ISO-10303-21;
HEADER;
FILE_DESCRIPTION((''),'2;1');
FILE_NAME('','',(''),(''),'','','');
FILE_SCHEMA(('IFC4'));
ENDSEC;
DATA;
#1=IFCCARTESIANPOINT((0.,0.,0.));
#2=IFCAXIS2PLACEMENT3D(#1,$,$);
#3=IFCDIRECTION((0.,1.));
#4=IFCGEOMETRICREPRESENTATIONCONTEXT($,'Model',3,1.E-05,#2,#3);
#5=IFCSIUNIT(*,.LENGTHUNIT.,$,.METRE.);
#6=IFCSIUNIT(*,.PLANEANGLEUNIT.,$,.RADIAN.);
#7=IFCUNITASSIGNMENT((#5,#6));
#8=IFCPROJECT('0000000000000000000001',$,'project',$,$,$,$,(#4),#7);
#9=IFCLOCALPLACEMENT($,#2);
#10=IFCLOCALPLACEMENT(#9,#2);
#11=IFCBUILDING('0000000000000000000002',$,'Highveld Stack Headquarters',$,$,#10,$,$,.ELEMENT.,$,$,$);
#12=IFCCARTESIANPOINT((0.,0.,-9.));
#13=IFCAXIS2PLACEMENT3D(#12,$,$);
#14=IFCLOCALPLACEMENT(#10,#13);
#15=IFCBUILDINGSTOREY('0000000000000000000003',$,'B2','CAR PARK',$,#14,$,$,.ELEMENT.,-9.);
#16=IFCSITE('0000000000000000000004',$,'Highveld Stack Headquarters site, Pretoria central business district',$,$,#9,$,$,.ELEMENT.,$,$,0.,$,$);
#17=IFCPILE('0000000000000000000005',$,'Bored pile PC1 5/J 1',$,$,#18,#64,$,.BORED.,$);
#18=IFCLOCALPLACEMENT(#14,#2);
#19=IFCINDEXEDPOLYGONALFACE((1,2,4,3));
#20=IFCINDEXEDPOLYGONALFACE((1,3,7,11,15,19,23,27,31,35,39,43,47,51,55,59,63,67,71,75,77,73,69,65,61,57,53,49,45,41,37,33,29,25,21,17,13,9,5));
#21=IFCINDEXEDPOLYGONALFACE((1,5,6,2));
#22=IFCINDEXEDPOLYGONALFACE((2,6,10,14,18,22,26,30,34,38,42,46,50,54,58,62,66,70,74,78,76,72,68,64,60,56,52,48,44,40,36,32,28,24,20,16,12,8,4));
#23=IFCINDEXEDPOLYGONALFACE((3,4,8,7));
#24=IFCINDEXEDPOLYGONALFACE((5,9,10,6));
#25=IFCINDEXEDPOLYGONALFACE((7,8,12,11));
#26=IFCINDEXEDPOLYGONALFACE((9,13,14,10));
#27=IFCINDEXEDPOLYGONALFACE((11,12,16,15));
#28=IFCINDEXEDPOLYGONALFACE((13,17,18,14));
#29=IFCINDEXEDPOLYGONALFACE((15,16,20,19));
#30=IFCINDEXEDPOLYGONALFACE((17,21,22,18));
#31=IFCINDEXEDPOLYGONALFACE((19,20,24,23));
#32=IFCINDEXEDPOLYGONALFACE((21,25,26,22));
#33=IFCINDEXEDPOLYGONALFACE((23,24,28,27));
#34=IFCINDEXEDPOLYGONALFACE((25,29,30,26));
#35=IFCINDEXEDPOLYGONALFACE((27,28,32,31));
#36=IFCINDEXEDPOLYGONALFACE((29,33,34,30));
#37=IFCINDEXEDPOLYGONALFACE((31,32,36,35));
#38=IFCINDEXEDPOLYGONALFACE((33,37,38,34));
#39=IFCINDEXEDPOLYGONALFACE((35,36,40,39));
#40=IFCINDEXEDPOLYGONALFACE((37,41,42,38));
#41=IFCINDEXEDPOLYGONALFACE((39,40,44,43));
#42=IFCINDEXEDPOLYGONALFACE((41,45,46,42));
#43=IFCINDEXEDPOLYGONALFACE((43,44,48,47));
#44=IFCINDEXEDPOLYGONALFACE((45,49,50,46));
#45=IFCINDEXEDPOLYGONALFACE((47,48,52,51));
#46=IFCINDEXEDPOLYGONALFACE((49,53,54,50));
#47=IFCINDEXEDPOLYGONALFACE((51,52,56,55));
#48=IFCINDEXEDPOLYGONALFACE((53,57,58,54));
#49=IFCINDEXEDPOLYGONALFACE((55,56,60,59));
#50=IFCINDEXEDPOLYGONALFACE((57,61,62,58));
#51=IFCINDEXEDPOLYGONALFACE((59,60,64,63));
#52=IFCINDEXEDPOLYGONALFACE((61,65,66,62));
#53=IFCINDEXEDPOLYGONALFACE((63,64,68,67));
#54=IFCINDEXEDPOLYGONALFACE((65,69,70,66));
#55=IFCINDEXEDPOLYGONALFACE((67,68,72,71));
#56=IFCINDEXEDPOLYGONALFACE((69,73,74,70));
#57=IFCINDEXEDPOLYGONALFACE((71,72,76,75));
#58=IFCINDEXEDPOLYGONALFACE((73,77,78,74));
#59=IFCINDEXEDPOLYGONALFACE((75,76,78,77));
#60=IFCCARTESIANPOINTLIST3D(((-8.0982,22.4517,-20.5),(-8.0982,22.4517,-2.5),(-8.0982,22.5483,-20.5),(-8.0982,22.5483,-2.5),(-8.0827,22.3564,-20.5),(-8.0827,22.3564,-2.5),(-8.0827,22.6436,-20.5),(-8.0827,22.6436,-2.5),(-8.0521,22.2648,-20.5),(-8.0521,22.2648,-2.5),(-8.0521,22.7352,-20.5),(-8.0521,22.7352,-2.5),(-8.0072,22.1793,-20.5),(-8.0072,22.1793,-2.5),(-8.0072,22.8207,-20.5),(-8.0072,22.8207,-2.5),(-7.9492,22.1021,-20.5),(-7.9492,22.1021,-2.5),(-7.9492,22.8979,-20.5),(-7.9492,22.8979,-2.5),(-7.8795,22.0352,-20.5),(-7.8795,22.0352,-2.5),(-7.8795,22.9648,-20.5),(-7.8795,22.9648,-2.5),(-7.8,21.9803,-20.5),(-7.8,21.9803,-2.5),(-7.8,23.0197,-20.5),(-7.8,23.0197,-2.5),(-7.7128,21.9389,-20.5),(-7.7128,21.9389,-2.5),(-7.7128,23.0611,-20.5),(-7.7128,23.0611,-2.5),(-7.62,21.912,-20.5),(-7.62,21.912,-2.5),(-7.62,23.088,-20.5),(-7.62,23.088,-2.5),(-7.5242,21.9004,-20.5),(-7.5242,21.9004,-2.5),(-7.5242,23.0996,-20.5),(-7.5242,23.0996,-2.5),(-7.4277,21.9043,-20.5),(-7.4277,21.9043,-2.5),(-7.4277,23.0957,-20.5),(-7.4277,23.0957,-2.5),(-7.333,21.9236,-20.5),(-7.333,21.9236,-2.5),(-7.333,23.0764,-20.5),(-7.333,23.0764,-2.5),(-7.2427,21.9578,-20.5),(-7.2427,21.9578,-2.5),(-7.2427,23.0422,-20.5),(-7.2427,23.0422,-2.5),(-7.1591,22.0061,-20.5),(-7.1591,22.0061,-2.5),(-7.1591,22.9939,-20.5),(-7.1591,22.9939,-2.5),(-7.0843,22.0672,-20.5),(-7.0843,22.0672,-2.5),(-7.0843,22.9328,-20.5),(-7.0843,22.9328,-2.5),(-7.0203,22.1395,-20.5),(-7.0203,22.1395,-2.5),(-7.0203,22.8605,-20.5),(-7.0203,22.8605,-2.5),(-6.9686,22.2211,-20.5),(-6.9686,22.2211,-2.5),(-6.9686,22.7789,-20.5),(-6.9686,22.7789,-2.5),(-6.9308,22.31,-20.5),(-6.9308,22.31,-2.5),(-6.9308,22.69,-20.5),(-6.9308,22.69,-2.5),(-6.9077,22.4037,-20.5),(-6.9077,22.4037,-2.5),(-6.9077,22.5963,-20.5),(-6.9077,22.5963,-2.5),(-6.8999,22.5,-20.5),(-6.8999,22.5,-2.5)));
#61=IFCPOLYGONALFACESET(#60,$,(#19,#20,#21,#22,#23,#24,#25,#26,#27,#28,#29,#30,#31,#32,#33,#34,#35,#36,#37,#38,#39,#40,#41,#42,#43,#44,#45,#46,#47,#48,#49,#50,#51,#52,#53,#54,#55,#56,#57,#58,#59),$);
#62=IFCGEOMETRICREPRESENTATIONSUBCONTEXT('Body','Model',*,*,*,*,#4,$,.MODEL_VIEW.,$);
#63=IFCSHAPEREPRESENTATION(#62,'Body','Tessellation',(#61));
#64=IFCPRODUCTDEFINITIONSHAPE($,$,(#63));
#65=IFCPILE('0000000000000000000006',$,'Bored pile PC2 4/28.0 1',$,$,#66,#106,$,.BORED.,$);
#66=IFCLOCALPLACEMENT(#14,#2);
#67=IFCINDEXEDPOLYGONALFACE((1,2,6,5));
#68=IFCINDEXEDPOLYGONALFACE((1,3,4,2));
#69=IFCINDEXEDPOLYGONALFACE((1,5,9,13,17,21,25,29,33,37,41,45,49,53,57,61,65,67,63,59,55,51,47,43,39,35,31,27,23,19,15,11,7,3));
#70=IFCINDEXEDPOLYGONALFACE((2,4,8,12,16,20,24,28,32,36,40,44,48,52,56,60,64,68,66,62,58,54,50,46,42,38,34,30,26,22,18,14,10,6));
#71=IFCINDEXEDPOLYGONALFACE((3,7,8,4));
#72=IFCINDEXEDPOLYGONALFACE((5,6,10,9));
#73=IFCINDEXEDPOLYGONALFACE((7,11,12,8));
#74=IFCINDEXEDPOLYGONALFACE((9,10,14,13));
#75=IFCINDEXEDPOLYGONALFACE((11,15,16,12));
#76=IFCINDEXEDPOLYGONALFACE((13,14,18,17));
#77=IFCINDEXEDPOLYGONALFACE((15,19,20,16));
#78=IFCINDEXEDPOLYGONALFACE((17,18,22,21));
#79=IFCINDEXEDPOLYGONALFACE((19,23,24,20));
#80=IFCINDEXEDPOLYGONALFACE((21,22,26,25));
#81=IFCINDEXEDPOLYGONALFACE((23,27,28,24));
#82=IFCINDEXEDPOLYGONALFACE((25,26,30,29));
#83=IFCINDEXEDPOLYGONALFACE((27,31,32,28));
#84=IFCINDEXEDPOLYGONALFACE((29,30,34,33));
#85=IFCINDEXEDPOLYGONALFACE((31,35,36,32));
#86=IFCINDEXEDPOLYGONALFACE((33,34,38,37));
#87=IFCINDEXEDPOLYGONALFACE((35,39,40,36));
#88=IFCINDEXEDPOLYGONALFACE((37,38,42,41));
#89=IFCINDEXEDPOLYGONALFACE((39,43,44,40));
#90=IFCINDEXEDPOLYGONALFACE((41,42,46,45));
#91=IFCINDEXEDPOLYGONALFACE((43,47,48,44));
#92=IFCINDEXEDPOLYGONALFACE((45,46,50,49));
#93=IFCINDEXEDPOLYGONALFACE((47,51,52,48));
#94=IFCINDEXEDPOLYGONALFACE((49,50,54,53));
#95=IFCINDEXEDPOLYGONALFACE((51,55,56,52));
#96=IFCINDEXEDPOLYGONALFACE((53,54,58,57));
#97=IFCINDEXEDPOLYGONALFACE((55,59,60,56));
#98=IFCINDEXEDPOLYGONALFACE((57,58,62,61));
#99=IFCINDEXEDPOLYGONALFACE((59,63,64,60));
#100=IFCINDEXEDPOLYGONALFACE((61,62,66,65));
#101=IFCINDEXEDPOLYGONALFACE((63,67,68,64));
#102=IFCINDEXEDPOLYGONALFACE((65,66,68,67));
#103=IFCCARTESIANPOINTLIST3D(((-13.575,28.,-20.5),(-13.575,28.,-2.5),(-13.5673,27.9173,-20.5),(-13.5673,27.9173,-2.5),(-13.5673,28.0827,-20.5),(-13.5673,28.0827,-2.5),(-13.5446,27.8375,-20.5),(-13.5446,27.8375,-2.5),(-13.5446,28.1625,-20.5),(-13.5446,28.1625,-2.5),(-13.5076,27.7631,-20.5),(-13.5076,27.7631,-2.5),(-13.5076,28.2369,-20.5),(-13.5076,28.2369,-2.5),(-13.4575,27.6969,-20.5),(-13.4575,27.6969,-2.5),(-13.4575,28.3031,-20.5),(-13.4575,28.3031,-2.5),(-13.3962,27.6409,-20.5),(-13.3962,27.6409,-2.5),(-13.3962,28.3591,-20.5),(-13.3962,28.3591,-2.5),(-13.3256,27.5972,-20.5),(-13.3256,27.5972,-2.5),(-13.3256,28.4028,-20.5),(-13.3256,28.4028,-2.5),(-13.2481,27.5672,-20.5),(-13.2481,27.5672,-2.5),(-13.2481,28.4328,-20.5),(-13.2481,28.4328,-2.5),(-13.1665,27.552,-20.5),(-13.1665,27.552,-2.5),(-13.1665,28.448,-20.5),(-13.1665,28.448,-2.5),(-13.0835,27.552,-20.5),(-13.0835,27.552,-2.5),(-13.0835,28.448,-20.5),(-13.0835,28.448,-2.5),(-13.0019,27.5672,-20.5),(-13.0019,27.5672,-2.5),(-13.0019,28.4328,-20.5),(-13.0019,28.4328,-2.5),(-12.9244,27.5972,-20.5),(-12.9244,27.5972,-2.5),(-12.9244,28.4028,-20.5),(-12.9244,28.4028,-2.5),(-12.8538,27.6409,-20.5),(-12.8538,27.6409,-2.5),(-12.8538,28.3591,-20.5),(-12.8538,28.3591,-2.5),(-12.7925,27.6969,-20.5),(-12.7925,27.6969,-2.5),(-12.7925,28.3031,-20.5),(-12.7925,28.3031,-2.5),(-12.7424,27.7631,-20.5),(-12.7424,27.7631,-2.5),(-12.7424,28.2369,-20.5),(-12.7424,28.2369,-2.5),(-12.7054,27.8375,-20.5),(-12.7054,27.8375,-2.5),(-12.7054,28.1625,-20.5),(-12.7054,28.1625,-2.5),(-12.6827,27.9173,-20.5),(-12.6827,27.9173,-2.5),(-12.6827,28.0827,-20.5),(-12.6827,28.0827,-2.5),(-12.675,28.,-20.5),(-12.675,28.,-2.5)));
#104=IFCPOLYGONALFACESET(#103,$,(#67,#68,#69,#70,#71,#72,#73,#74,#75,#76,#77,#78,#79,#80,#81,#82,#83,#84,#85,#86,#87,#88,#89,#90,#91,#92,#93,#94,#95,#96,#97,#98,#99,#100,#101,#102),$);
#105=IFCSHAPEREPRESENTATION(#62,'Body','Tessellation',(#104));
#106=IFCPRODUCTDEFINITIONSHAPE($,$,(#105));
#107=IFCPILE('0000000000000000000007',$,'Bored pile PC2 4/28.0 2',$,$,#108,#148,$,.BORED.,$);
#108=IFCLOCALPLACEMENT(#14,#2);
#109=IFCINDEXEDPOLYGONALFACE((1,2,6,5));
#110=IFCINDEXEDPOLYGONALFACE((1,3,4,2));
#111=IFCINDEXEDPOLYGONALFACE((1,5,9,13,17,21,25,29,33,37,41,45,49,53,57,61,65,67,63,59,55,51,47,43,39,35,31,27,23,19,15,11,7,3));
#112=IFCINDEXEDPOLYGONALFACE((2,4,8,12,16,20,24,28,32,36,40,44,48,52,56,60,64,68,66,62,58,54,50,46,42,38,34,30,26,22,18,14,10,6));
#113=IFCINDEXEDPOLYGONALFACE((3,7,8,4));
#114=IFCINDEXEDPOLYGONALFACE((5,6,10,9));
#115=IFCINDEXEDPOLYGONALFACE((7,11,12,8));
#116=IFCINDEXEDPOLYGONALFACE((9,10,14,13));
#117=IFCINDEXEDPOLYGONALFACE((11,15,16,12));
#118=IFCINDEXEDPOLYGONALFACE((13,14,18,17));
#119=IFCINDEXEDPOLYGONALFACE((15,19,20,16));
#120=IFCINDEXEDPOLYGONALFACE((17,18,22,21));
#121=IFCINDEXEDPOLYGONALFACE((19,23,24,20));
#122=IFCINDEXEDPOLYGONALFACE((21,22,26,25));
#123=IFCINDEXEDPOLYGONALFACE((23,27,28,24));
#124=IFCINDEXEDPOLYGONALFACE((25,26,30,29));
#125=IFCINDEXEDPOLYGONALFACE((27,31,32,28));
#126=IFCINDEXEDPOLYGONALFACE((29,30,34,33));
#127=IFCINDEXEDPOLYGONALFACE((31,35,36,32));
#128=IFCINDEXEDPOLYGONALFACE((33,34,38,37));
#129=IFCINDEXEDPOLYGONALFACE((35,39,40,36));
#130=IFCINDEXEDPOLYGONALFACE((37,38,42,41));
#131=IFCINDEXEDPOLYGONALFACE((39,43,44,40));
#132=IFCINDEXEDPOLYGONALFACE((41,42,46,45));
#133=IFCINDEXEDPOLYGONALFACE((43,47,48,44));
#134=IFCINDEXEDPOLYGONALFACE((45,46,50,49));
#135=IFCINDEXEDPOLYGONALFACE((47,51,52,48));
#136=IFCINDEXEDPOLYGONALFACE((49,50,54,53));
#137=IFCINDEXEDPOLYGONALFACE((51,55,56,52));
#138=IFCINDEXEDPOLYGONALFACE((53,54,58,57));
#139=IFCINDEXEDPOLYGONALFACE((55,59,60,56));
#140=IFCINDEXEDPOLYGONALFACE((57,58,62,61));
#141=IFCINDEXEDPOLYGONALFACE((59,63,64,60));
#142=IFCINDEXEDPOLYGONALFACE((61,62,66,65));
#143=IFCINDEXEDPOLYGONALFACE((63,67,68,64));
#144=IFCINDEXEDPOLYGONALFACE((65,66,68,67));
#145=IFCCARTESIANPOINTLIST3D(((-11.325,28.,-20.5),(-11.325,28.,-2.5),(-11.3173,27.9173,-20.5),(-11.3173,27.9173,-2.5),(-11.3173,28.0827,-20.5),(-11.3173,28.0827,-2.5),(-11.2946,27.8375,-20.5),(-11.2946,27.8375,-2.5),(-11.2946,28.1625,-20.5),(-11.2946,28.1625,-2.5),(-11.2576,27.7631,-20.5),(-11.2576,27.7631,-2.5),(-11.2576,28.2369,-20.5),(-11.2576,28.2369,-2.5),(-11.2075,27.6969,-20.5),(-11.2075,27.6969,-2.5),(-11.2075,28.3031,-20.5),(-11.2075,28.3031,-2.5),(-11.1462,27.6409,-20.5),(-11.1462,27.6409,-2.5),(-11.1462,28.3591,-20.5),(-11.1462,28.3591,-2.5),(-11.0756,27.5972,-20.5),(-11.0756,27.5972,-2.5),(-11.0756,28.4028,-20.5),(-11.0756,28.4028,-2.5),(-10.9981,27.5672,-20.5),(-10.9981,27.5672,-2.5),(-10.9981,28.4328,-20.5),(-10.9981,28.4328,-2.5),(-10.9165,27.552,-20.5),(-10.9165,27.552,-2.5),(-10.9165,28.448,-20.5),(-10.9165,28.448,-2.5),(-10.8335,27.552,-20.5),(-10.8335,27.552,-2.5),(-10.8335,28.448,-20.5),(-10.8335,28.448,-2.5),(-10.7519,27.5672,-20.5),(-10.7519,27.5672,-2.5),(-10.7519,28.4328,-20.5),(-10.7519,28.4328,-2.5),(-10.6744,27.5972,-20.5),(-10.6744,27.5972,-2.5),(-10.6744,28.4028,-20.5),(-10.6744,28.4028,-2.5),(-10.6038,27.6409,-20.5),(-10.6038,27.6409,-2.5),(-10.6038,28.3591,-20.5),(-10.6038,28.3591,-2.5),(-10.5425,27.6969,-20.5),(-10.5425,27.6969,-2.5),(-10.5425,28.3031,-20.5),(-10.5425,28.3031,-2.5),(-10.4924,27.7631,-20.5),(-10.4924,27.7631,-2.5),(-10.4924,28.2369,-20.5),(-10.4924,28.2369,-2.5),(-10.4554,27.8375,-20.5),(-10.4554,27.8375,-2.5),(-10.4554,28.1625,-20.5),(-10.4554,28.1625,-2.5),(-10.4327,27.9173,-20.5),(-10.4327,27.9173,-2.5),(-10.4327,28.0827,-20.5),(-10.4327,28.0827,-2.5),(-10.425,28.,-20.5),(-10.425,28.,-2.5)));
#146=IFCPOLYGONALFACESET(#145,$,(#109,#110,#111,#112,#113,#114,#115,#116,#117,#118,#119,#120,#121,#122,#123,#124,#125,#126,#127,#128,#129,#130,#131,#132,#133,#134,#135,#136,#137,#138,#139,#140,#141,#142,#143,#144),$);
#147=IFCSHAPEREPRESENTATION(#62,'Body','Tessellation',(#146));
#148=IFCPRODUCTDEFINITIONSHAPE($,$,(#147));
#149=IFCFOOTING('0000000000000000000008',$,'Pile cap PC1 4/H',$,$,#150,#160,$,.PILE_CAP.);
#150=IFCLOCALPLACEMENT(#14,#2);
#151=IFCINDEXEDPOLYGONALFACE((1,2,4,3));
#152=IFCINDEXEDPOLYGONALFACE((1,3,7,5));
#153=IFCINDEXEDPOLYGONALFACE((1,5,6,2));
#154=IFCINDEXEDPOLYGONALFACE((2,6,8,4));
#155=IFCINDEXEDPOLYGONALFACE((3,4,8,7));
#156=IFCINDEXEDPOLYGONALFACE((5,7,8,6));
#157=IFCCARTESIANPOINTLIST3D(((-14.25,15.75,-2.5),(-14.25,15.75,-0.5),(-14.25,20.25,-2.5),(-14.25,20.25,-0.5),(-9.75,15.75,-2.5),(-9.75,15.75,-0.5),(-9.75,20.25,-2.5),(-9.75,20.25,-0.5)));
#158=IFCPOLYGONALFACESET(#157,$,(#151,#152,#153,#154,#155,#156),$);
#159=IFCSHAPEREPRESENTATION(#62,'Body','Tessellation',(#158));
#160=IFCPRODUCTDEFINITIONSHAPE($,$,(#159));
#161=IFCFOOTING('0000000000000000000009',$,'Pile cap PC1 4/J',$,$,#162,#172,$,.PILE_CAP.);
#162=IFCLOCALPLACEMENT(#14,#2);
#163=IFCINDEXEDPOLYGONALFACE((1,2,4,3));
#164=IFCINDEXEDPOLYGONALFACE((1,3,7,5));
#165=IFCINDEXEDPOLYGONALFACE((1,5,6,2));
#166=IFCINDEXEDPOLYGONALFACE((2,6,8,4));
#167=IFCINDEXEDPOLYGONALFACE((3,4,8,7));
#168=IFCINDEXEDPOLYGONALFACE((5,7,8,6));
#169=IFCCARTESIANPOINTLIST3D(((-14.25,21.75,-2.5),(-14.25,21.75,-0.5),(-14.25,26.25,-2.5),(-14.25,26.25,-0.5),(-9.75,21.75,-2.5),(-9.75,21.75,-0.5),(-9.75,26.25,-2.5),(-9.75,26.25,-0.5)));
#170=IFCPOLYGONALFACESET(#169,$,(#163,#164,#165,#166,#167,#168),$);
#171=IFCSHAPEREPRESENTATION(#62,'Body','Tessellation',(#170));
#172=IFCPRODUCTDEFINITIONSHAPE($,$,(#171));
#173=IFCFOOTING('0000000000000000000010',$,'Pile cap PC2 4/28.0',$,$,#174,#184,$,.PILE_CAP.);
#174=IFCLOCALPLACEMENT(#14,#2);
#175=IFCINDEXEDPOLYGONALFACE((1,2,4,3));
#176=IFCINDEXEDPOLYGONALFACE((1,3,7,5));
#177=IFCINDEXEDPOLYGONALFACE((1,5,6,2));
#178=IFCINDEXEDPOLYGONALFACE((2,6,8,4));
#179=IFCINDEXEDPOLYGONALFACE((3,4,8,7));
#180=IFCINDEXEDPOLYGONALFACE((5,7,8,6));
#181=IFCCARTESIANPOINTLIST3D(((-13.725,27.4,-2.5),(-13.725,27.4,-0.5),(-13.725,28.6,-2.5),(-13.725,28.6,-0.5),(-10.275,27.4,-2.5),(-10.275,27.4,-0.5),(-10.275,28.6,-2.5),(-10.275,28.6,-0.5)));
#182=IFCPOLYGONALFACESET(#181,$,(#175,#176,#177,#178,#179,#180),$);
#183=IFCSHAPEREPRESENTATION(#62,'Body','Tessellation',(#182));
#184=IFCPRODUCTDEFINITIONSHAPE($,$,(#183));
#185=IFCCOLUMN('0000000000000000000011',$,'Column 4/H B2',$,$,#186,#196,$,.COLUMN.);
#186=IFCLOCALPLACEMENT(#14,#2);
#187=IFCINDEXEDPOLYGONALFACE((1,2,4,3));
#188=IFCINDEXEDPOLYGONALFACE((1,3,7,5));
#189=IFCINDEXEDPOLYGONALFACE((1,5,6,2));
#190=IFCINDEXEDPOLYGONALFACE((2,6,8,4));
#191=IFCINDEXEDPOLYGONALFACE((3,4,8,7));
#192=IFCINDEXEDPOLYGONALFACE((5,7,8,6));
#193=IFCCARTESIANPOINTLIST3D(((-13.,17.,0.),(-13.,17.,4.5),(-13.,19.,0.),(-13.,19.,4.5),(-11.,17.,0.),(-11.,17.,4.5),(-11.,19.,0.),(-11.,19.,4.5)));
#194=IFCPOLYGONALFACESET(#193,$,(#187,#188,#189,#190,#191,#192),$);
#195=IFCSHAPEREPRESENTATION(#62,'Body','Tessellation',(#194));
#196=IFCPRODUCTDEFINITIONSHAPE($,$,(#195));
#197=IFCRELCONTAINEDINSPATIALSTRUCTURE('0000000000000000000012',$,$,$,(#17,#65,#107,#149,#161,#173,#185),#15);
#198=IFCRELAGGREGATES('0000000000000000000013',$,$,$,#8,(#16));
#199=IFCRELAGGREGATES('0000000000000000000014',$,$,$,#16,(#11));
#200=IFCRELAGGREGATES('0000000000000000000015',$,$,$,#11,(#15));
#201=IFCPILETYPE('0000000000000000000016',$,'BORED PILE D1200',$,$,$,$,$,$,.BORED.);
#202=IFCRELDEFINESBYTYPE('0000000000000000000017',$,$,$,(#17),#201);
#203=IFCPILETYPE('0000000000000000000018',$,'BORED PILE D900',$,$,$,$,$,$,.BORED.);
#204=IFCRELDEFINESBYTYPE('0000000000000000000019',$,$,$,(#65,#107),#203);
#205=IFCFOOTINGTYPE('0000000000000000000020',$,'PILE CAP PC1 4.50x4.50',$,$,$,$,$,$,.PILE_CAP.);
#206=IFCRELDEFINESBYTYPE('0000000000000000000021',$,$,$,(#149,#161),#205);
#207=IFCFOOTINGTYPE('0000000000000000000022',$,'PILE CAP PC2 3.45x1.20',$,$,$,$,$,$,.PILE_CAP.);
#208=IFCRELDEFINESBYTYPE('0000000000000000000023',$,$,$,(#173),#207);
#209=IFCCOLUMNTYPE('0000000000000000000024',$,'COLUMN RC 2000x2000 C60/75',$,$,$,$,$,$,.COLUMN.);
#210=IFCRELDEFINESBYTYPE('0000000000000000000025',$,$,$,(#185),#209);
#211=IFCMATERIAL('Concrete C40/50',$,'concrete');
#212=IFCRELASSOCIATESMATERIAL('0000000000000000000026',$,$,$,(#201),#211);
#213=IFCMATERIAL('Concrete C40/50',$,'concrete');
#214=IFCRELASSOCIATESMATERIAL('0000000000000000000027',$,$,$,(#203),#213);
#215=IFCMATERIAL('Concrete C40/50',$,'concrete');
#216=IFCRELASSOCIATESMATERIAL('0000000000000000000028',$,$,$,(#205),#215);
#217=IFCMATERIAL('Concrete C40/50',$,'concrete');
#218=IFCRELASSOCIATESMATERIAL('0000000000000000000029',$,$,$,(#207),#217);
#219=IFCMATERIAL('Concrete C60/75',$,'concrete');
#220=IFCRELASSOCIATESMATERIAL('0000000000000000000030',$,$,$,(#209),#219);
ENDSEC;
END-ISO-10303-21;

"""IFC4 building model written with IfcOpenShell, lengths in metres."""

from ifc_helpers import new_model, si_unit, direction, frame, origin, origin_2d, place, context, subcontext, project, spatial, rectangle, circle, extrude, material, material_profile, profile_set, type_object, element, save


model = new_model("IFC4")

# Units and contexts
model_context = context("Model", 3, precision=1e-05, world=origin(), true_north=direction((0.0, 1.0)))
body_context = subcontext(model_context, "Body", "Model", "MODEL_VIEW")
ifc_project = project(units=[si_unit("LENGTHUNIT", "METRE"), si_unit("PLANEANGLEUNIT", "RADIAN")], contexts=[model_context])

# Site, building, storey
site_placement = place(None, origin())
site = spatial("IfcSite", under=ifc_project, at=site_placement, Name="Highveld Stack Headquarters site, Pretoria central business district", CompositionType="ELEMENT", RefElevation=0.0)
building_placement = place(site_placement, origin())
building = spatial("IfcBuilding", under=site, at=building_placement, Name="Highveld Stack Headquarters", CompositionType="ELEMENT")
storey_placement = place(building_placement, frame((0.0, 0.0, -9.0)))
storey = spatial("IfcBuildingStorey", under=building, at=storey_placement, Name="B2", Description="CAR PARK", CompositionType="ELEMENT", Elevation=-9.0)

# Piles
ifc_material_1 = material(Name="Concrete C40/50", Category="concrete")
pile_type_1 = type_object("IfcPileType", Name="BORED PILE D1200", PredefinedType="BORED", material=ifc_material_1)
for number, where, z_axis, x_axis, name in (
    (1, (-7.5, 22.5, -2.5), (0.0, 0.0, -1.0), (1.0, 0.0, 0.0), "Bored pile PC1 5/J 1"),
):
    element("IfcPile", number, at=place(storey_placement, frame(where, z_axis=z_axis, x_axis=x_axis)), inside=storey, type_object=pile_type_1, Name=name, PredefinedType="BORED", context=body_context, shape_type="SweptSolid", body=[
        extrude(circle(Radius=0.6001, at=origin_2d()), origin(), (0.0, 0.0, 1.0), 18.0),
    ])
ifc_material_2 = material(Name="Concrete C40/50", Category="concrete")
pile_type_2 = type_object("IfcPileType", Name="BORED PILE D900", PredefinedType="BORED", material=ifc_material_2)
for number, where, z_axis, x_axis, name in (
    (2, (-13.125, 28.0, -2.5), (0.0, 0.0, -1.0), (1.0, 0.0, 0.0), "Bored pile PC2 4/28.0 1"),
    (3, (-10.875, 28.0, -2.5), (0.0, 0.0, -1.0), (1.0, 0.0, 0.0), "Bored pile PC2 4/28.0 2"),
):
    element("IfcPile", number, at=place(storey_placement, frame(where, z_axis=z_axis, x_axis=x_axis)), inside=storey, type_object=pile_type_2, Name=name, PredefinedType="BORED", context=body_context, shape_type="SweptSolid", body=[
        extrude(circle(Radius=0.45, at=origin_2d()), origin(), (0.0, 0.0, 1.0), 18.0),
    ])

# Footings
ifc_material_3 = material(Name="Concrete C40/50", Category="concrete")
footing_type_1 = type_object("IfcFootingType", Name="PILE CAP PC1 4.50x4.50", PredefinedType="PILE_CAP", material=ifc_material_3)
for number, where, z_axis, x_axis, name in (
    (4, (-12.0, 18.0, -2.5), (0.0, 0.0, 1.0), (1.0, 0.0, 0.0), "Pile cap PC1 4/H"),
    (5, (-12.0, 24.0, -2.5), (0.0, 0.0, 1.0), (1.0, 0.0, 0.0), "Pile cap PC1 4/J"),
):
    element("IfcFooting", number, at=place(storey_placement, frame(where, z_axis=z_axis, x_axis=x_axis)), inside=storey, type_object=footing_type_1, Name=name, PredefinedType="PILE_CAP", context=body_context, shape_type="SweptSolid", body=[
        extrude(rectangle(XDim=4.5, YDim=4.5, at=origin_2d()), origin(), (0.0, 0.0, 1.0), 2.0),
    ])
ifc_material_4 = material(Name="Concrete C40/50", Category="concrete")
footing_type_2 = type_object("IfcFootingType", Name="PILE CAP PC2 3.45x1.20", PredefinedType="PILE_CAP", material=ifc_material_4)
footing_placement = place(storey_placement, frame((-12.0, 28.0, -2.5), z_axis=(0.0, 0.0, 1.0), x_axis=(1.0, 0.0, 0.0)))
element("IfcFooting", 6, at=footing_placement, inside=storey, type_object=footing_type_2, Name="Pile cap PC2 4/28.0", PredefinedType="PILE_CAP", context=body_context, shape_type="SweptSolid", body=[
    extrude(rectangle(XDim=3.45, YDim=1.2, at=origin_2d()), origin(), (0.0, 0.0, 1.0), 2.0),
])

# Column
ifc_material_5 = material(Name="Concrete C60/75", Category="concrete")
ifc_material_profile_1 = material_profile(ifc_material_5, rectangle(XDim=2.0, YDim=2.0, at=origin_2d()), Name="RC 2000x2000")
ifc_profile_set_1 = profile_set([ifc_material_profile_1], Name="Concrete C60/75")
column_type_1 = type_object("IfcColumnType", Name="COLUMN RC 2000x2000 C60/75", PredefinedType="COLUMN", material=ifc_profile_set_1)
for number, where, z_axis, x_axis, name in (
    (7, (-12.0, 18.0, 0.0), (0.0, 0.0, 1.0), (1.0, 0.0, 0.0), "Column 4/H B2"),
):
    element("IfcColumn", number, at=place(storey_placement, frame(where, z_axis=z_axis, x_axis=x_axis)), inside=storey, type_object=column_type_1, Name=name, PredefinedType="COLUMN", context=body_context, shape_type="SweptSolid", body=[
        extrude(rectangle(XDim=2.0, YDim=2.0, at=origin_2d()), origin(), (0.0, 0.0, 1.0), 4.5),
    ])

save(model, "model.ifc")
